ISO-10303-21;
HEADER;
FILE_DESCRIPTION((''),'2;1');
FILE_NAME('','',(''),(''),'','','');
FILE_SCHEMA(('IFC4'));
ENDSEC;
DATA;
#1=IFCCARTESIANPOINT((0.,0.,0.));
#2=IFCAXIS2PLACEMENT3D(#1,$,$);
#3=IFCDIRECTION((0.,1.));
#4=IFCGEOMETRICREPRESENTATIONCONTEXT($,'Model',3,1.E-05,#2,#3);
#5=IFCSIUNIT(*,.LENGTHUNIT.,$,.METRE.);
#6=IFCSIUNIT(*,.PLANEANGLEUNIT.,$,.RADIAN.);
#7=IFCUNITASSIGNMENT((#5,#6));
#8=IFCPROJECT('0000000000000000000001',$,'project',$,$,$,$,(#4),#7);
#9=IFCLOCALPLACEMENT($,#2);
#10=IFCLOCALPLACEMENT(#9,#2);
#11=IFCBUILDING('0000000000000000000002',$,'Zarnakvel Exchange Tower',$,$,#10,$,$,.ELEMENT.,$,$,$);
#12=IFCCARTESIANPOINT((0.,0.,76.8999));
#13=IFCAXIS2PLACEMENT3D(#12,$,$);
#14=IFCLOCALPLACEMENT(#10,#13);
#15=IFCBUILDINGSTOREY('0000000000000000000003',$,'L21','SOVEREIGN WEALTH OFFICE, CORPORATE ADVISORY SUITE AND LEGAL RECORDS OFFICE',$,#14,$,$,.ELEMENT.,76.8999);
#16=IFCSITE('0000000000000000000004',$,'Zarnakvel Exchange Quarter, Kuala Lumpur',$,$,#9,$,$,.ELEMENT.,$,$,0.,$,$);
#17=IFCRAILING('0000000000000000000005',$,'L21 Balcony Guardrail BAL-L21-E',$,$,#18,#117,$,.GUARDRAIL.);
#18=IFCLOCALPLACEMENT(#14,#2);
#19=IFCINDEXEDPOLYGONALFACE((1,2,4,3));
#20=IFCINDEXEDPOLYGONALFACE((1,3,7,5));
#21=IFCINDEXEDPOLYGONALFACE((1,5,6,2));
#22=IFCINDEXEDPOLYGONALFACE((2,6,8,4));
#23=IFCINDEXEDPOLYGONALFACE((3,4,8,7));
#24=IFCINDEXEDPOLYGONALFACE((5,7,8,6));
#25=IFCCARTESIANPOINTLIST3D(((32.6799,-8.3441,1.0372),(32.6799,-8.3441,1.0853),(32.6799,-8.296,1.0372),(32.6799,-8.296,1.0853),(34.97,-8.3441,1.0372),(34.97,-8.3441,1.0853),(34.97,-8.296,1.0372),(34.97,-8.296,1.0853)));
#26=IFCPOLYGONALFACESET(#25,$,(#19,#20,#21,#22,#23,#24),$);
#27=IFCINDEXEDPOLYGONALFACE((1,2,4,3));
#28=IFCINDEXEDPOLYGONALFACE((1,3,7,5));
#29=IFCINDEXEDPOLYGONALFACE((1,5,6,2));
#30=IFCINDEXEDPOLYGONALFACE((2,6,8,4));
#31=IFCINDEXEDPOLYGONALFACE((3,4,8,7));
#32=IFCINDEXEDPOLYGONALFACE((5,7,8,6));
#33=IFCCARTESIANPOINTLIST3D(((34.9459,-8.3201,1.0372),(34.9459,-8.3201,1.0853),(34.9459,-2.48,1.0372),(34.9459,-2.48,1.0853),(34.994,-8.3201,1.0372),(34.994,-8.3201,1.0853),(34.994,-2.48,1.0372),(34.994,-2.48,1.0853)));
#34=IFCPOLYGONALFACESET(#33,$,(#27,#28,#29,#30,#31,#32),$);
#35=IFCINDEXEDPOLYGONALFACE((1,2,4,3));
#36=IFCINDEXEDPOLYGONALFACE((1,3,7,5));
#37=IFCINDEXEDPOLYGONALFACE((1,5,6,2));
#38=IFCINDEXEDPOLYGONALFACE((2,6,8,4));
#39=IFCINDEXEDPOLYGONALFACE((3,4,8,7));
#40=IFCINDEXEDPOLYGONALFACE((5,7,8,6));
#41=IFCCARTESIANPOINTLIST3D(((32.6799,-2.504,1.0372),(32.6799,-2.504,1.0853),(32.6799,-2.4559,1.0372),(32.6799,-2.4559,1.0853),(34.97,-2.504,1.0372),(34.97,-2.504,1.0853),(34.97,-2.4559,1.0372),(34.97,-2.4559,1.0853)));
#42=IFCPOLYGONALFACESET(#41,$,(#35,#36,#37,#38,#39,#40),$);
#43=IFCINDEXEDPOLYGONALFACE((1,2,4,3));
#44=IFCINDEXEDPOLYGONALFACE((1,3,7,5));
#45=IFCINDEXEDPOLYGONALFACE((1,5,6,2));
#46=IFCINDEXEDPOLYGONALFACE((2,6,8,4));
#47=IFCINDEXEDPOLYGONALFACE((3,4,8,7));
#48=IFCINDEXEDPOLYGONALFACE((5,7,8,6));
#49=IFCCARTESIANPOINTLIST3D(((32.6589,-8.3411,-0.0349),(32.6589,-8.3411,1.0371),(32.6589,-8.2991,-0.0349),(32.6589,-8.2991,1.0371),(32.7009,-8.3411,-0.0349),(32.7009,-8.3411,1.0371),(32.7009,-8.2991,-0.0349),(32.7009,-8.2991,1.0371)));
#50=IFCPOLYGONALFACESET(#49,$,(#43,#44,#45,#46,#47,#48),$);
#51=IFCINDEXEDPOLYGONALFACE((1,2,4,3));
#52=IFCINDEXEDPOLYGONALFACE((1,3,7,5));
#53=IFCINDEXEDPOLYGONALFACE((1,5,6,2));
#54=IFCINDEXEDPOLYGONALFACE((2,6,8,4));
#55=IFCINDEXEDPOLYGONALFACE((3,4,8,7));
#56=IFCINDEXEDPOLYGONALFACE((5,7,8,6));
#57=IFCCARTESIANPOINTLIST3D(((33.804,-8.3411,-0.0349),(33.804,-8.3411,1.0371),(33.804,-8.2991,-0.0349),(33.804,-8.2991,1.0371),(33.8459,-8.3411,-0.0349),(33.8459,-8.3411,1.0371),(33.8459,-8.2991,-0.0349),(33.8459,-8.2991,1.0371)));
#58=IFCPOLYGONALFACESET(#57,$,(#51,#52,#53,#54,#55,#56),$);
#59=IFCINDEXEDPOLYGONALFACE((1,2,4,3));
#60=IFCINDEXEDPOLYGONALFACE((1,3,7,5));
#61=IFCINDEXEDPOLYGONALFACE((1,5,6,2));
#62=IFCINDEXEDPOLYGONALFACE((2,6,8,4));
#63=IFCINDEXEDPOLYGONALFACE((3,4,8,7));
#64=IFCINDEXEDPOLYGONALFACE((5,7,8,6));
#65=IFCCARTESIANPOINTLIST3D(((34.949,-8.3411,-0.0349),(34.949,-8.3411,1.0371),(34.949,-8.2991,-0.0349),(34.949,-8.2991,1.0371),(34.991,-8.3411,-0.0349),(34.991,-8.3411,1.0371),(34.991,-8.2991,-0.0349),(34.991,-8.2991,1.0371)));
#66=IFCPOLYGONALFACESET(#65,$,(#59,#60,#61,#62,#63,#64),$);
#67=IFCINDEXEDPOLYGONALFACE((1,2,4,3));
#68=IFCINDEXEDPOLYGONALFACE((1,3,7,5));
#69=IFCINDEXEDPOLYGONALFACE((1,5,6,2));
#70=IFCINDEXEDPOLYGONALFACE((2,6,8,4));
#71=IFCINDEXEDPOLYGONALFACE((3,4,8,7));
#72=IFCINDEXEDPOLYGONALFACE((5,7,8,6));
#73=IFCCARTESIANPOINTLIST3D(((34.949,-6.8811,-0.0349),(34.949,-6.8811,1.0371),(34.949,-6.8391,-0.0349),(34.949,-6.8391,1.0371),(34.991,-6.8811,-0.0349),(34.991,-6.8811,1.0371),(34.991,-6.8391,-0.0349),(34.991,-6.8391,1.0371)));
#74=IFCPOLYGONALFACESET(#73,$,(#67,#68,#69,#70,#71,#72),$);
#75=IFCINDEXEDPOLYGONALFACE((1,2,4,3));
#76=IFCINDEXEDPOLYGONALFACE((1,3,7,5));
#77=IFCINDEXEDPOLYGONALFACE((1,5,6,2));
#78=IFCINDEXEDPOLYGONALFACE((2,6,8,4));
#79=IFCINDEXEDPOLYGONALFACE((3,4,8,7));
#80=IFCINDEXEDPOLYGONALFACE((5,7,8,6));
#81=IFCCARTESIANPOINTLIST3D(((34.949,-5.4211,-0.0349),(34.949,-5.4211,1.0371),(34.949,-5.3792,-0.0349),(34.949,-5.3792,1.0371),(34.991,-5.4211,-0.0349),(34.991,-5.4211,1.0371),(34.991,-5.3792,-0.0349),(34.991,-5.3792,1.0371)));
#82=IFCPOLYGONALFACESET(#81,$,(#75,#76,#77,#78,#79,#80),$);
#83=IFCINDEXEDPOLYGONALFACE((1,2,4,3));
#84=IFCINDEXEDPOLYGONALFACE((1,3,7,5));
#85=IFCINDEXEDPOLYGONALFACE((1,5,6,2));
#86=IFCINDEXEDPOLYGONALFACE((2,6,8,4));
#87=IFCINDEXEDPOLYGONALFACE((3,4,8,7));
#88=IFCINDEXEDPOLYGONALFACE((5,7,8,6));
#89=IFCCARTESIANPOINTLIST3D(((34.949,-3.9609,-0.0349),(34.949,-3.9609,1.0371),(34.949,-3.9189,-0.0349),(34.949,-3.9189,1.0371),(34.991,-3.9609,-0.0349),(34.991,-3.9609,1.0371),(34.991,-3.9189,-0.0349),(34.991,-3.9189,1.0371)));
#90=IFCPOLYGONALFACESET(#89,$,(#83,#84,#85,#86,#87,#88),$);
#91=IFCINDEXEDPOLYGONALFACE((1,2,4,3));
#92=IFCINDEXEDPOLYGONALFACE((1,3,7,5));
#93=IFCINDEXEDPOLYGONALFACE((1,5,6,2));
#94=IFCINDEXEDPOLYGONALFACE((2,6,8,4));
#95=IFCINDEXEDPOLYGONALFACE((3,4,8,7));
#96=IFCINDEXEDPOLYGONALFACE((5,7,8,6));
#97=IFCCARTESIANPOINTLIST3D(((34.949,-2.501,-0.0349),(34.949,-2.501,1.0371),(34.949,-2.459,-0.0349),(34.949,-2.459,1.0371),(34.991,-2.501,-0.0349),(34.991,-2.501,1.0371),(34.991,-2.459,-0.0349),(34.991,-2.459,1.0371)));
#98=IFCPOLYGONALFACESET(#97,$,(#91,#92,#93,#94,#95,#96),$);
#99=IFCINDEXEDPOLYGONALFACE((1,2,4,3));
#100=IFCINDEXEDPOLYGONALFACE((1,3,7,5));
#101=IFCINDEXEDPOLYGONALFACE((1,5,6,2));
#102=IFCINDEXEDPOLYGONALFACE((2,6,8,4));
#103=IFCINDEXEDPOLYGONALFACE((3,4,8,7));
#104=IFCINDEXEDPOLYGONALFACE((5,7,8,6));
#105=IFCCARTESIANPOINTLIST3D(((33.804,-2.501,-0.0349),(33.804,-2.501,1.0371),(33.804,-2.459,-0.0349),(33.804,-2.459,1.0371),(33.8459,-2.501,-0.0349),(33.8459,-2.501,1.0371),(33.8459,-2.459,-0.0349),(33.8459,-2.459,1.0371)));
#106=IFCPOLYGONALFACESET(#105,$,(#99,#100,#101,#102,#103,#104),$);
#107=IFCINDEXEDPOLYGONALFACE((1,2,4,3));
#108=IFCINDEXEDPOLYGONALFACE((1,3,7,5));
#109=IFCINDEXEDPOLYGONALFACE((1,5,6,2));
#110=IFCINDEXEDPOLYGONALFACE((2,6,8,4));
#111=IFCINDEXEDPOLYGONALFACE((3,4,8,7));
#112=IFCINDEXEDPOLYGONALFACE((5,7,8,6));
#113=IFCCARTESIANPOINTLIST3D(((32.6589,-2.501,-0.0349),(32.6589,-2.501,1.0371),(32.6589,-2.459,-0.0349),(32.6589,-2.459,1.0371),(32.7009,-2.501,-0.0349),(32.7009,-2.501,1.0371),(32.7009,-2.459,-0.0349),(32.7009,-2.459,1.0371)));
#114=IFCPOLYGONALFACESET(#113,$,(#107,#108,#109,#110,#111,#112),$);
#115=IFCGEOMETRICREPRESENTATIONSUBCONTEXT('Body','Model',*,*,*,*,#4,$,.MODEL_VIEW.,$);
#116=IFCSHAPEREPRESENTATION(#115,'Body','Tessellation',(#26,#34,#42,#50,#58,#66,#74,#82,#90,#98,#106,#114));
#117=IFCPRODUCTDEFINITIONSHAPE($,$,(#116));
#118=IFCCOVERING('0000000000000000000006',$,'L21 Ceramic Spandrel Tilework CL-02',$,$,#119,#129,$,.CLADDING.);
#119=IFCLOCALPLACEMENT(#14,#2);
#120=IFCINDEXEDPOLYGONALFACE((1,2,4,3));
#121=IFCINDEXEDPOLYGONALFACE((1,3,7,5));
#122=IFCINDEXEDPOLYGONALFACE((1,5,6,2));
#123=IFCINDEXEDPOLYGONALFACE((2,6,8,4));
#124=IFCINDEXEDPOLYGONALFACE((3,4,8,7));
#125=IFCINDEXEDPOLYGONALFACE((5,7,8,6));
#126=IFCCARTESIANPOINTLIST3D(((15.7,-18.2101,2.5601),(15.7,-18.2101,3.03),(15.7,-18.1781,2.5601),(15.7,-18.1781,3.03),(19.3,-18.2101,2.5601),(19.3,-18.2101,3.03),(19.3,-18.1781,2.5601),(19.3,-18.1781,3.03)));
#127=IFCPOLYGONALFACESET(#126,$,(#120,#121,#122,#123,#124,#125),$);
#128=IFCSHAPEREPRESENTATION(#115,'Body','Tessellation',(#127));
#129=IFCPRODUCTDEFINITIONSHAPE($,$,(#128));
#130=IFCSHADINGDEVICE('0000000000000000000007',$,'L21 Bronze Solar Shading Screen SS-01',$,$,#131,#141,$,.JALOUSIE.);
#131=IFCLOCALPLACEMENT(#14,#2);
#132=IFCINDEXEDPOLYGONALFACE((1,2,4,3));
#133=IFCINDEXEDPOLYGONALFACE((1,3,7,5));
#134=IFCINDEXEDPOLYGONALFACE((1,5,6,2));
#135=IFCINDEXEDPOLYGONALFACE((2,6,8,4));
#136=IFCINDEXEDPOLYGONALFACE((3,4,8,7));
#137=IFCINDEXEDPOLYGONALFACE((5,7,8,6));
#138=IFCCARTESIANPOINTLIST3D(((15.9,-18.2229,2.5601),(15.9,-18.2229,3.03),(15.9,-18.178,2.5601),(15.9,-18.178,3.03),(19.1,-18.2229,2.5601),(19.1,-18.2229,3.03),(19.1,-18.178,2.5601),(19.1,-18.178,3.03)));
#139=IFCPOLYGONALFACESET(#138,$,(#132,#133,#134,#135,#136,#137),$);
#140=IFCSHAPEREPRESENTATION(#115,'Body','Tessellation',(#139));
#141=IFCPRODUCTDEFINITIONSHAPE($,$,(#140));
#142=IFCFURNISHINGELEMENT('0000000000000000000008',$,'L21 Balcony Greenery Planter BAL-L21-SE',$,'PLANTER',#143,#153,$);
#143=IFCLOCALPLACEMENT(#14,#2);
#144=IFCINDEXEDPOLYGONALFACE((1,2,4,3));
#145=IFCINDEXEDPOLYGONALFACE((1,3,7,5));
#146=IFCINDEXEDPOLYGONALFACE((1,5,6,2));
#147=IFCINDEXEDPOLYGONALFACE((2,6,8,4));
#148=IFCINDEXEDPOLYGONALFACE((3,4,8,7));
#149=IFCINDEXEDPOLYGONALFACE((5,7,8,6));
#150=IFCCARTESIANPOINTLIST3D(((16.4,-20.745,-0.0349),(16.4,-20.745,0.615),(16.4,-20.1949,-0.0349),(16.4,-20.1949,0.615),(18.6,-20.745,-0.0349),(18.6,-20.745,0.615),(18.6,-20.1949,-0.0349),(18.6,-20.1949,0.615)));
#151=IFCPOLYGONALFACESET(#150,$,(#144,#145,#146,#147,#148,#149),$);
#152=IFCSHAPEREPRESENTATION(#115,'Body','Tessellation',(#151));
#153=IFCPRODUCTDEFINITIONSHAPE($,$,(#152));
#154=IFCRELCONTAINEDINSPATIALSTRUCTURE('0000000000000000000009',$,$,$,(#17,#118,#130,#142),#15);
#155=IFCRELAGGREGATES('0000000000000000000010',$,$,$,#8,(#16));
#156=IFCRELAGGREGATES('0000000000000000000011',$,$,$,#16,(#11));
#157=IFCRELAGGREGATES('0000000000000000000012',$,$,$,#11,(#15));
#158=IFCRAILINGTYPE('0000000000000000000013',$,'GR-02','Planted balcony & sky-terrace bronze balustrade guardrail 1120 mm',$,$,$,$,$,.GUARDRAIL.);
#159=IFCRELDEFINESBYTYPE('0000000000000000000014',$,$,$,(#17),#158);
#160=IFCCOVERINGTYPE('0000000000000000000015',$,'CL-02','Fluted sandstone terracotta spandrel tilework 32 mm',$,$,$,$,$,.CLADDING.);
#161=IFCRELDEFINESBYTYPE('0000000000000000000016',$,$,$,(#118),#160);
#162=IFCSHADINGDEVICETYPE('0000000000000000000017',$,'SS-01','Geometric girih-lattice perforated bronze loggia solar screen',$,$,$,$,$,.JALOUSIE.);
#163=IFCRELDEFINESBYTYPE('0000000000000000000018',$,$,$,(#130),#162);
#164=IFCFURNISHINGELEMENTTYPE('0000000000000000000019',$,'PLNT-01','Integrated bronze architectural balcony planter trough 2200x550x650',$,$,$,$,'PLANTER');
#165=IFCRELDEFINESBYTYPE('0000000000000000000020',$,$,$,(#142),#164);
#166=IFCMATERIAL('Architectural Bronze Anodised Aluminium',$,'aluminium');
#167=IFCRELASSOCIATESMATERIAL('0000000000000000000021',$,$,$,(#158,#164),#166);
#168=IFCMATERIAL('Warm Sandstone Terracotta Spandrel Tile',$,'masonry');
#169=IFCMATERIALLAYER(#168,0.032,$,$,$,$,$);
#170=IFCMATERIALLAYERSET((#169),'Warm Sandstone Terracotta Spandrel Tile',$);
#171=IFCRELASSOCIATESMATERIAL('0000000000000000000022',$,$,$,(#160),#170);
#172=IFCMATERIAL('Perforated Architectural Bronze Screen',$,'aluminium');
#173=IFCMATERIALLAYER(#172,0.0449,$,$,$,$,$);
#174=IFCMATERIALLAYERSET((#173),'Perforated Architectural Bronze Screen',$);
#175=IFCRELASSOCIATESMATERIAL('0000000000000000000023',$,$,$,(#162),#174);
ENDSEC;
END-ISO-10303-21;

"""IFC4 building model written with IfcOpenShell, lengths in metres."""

from ifc_helpers import new_model, si_unit, direction, frame, origin, origin_2d, place, context, subcontext, project, spatial, rectangle, extrude, source, transform, mapped, material, layer, layer_set, type_object, element, save


model = new_model("IFC4")

# Units and contexts
model_context = context("Model", 3, precision=1e-05, world=origin(), true_north=direction((0.0, 1.0)))
body_context = subcontext(model_context, "Body", "Model", "MODEL_VIEW")
ifc_project = project(units=[si_unit("LENGTHUNIT", "METRE"), si_unit("PLANEANGLEUNIT", "RADIAN")], contexts=[model_context])

# Site, building, storey
site_placement = place(None, origin())
site = spatial("IfcSite", under=ifc_project, at=site_placement, Name="Zarnakvel Exchange Quarter, Kuala Lumpur", CompositionType="ELEMENT", RefElevation=0.0)
building_placement = place(site_placement, origin())
building = spatial("IfcBuilding", under=site, at=building_placement, Name="Zarnakvel Exchange Tower", CompositionType="ELEMENT")
storey_placement = place(building_placement, frame((0.0, 0.0, 76.8999)))
storey = spatial("IfcBuildingStorey", under=building, at=storey_placement, Name="L21", Description="SOVEREIGN WEALTH OFFICE, CORPORATE ADVISORY SUITE AND LEGAL RECORDS OFFICE", CompositionType="ELEMENT", Elevation=76.8999)

# Shared definitions
ifc_material_1 = material(Name="Architectural Bronze Anodised Aluminium", Category="aluminium")

# Railing
railing_type = type_object("IfcRailingType", Name="GR-02", Description="Planted balcony & sky-terrace bronze balustrade guardrail 1120 mm", PredefinedType="GUARDRAIL", material=ifc_material_1)
railing_placement = place(storey_placement, frame((32.6799, -8.3201, -0.0349)))
element("IfcRailing", 1, at=railing_placement, inside=storey, type_object=railing_type, Name="L21 Balcony Guardrail BAL-L21-E", PredefinedType="GUARDRAIL", context=body_context, shape_type="SweptSolid", body=[
    extrude(rectangle(XDim=0.0481, YDim=0.0481, at=origin_2d()), frame((0.0, 0.0, 1.0962), z_axis=(1.0, 0.0, 0.0), x_axis=(0.0, 1.0, 0.0)), (0.0, 0.0, 1.0), 2.29),
    extrude(rectangle(XDim=0.0481, YDim=0.0481, at=origin_2d()), frame((2.29, 0.0, 1.0962), z_axis=(0.0, 1.0, 0.0), x_axis=(-1.0, 0.0, 0.0)), (0.0, 0.0, 1.0), 5.8401),
    extrude(rectangle(XDim=0.0481, YDim=0.0481, at=origin_2d()), frame((2.29, 5.8401, 1.0962), z_axis=(-1.0, 0.0, 0.0), x_axis=(0.0, -1.0, 0.0)), (0.0, 0.0, 1.0), 2.29),
    extrude(rectangle(XDim=0.042, YDim=0.042, at=origin_2d()), origin(), (0.0, 0.0, 1.0), 1.072),
    extrude(rectangle(XDim=0.042, YDim=0.042, at=origin_2d()), frame((1.145, 0.0, 0.0)), (0.0, 0.0, 1.0), 1.072),
    extrude(rectangle(XDim=0.042, YDim=0.042, at=origin_2d()), frame((2.29, 0.0, 0.0)), (0.0, 0.0, 1.0), 1.072),
    extrude(rectangle(XDim=0.042, YDim=0.042, at=origin_2d()), frame((2.29, 1.46, 0.0)), (0.0, 0.0, 1.0), 1.072),
    extrude(rectangle(XDim=0.042, YDim=0.042, at=origin_2d()), frame((2.29, 2.9199, 0.0)), (0.0, 0.0, 1.0), 1.072),
    extrude(rectangle(XDim=0.042, YDim=0.042, at=origin_2d()), frame((2.29, 4.3801, 0.0)), (0.0, 0.0, 1.0), 1.072),
    extrude(rectangle(XDim=0.042, YDim=0.042, at=origin_2d()), frame((2.29, 5.8401, 0.0)), (0.0, 0.0, 1.0), 1.072),
    extrude(rectangle(XDim=0.042, YDim=0.042, at=origin_2d()), frame((1.145, 5.8401, 0.0)), (0.0, 0.0, 1.0), 1.072),
    extrude(rectangle(XDim=0.042, YDim=0.042, at=origin_2d()), frame((0.0, 5.8401, 0.0)), (0.0, 0.0, 1.0), 1.072),
])

# Covering
ifc_material_2 = material(Name="Warm Sandstone Terracotta Spandrel Tile", Category="masonry")
ifc_layer_1 = layer(ifc_material_2, 0.032)
ifc_layer_set_1 = layer_set([ifc_layer_1], Name="Warm Sandstone Terracotta Spandrel Tile")
covering_type = type_object("IfcCoveringType", Name="CL-02", Description="Fluted sandstone terracotta spandrel tilework 32 mm", PredefinedType="CLADDING", material=ifc_layer_set_1)
shared_shape_1 = source(origin(), body_context, "Body", "SweptSolid", [
    extrude(rectangle(XDim=3.6001, YDim=0.032, at=origin_2d()), origin(), (0.0, 0.0, 1.0), 0.47),
])
covering_placement = place(storey_placement, frame((17.5, -18.1941, 2.5601), z_axis=(0.0, 0.0, 1.0), x_axis=(-1.0, 0.0, 0.0)))
element("IfcCovering", 2, at=covering_placement, inside=storey, type_object=covering_type, Name="L21 Ceramic Spandrel Tilework CL-02", PredefinedType="CLADDING", context=body_context, shape_type="MappedRepresentation", body=[
    mapped(shared_shape_1, transform((0.0, 0.0, 0.0), x_axis=(1.0, 0.0, 0.0), y_axis=(0.0, 1.0, 0.0), z_axis=(0.0, 0.0, 1.0), scale=1.0)),
])

# Shading device
ifc_material_3 = material(Name="Perforated Architectural Bronze Screen", Category="aluminium")
ifc_layer_2 = layer(ifc_material_3, 0.0449)
ifc_layer_set_2 = layer_set([ifc_layer_2], Name="Perforated Architectural Bronze Screen")
shading_device_type = type_object("IfcShadingDeviceType", Name="SS-01", Description="Geometric girih-lattice perforated bronze loggia solar screen", PredefinedType="JALOUSIE", material=ifc_layer_set_2)
shared_shape_2 = source(origin(), body_context, "Body", "SweptSolid", [
    extrude(rectangle(XDim=3.2, YDim=0.0449, at=origin_2d()), origin(), (0.0, 0.0, 1.0), 0.47),
])
shading_device_placement = place(storey_placement, frame((17.5, -18.2004, 2.5601), z_axis=(0.0, 0.0, 1.0), x_axis=(-1.0, 0.0, 0.0)))
element("IfcShadingDevice", 3, at=shading_device_placement, inside=storey, type_object=shading_device_type, Name="L21 Bronze Solar Shading Screen SS-01", PredefinedType="JALOUSIE", context=body_context, shape_type="MappedRepresentation", body=[
    mapped(shared_shape_2, transform((0.0, 0.0, 0.0), x_axis=(1.0, 0.0, 0.0), y_axis=(0.0, 1.0, 0.0), z_axis=(0.0, 0.0, 1.0), scale=1.0)),
])

# Furnishing element
furnishing_element_type = type_object("IfcFurnishingElementType", Name="PLNT-01", Description="Integrated bronze architectural balcony planter trough 2200x550x650", ElementType="PLANTER", material=ifc_material_1)
shared_shape_3 = source(origin(), body_context, "Body", "SweptSolid", [
    extrude(rectangle(XDim=2.2, YDim=0.55, at=origin_2d()), origin(), (0.0, 0.0, 1.0), 0.6499),
])
furnishing_placement = place(storey_placement, frame((17.5, -20.47, -0.0349), z_axis=(0.0, 0.0, 1.0), x_axis=(1.0, 0.0, 0.0)))
element("IfcFurnishingElement", 4, at=furnishing_placement, inside=storey, type_object=furnishing_element_type, Name="L21 Balcony Greenery Planter BAL-L21-SE", ObjectType="PLANTER", context=body_context, shape_type="MappedRepresentation", body=[
    mapped(shared_shape_3, transform((0.0, 0.0, 0.0), x_axis=(1.0, 0.0, 0.0), y_axis=(0.0, 1.0, 0.0), z_axis=(0.0, 0.0, 1.0), scale=1.0)),
])

save(model, "model.ifc")
